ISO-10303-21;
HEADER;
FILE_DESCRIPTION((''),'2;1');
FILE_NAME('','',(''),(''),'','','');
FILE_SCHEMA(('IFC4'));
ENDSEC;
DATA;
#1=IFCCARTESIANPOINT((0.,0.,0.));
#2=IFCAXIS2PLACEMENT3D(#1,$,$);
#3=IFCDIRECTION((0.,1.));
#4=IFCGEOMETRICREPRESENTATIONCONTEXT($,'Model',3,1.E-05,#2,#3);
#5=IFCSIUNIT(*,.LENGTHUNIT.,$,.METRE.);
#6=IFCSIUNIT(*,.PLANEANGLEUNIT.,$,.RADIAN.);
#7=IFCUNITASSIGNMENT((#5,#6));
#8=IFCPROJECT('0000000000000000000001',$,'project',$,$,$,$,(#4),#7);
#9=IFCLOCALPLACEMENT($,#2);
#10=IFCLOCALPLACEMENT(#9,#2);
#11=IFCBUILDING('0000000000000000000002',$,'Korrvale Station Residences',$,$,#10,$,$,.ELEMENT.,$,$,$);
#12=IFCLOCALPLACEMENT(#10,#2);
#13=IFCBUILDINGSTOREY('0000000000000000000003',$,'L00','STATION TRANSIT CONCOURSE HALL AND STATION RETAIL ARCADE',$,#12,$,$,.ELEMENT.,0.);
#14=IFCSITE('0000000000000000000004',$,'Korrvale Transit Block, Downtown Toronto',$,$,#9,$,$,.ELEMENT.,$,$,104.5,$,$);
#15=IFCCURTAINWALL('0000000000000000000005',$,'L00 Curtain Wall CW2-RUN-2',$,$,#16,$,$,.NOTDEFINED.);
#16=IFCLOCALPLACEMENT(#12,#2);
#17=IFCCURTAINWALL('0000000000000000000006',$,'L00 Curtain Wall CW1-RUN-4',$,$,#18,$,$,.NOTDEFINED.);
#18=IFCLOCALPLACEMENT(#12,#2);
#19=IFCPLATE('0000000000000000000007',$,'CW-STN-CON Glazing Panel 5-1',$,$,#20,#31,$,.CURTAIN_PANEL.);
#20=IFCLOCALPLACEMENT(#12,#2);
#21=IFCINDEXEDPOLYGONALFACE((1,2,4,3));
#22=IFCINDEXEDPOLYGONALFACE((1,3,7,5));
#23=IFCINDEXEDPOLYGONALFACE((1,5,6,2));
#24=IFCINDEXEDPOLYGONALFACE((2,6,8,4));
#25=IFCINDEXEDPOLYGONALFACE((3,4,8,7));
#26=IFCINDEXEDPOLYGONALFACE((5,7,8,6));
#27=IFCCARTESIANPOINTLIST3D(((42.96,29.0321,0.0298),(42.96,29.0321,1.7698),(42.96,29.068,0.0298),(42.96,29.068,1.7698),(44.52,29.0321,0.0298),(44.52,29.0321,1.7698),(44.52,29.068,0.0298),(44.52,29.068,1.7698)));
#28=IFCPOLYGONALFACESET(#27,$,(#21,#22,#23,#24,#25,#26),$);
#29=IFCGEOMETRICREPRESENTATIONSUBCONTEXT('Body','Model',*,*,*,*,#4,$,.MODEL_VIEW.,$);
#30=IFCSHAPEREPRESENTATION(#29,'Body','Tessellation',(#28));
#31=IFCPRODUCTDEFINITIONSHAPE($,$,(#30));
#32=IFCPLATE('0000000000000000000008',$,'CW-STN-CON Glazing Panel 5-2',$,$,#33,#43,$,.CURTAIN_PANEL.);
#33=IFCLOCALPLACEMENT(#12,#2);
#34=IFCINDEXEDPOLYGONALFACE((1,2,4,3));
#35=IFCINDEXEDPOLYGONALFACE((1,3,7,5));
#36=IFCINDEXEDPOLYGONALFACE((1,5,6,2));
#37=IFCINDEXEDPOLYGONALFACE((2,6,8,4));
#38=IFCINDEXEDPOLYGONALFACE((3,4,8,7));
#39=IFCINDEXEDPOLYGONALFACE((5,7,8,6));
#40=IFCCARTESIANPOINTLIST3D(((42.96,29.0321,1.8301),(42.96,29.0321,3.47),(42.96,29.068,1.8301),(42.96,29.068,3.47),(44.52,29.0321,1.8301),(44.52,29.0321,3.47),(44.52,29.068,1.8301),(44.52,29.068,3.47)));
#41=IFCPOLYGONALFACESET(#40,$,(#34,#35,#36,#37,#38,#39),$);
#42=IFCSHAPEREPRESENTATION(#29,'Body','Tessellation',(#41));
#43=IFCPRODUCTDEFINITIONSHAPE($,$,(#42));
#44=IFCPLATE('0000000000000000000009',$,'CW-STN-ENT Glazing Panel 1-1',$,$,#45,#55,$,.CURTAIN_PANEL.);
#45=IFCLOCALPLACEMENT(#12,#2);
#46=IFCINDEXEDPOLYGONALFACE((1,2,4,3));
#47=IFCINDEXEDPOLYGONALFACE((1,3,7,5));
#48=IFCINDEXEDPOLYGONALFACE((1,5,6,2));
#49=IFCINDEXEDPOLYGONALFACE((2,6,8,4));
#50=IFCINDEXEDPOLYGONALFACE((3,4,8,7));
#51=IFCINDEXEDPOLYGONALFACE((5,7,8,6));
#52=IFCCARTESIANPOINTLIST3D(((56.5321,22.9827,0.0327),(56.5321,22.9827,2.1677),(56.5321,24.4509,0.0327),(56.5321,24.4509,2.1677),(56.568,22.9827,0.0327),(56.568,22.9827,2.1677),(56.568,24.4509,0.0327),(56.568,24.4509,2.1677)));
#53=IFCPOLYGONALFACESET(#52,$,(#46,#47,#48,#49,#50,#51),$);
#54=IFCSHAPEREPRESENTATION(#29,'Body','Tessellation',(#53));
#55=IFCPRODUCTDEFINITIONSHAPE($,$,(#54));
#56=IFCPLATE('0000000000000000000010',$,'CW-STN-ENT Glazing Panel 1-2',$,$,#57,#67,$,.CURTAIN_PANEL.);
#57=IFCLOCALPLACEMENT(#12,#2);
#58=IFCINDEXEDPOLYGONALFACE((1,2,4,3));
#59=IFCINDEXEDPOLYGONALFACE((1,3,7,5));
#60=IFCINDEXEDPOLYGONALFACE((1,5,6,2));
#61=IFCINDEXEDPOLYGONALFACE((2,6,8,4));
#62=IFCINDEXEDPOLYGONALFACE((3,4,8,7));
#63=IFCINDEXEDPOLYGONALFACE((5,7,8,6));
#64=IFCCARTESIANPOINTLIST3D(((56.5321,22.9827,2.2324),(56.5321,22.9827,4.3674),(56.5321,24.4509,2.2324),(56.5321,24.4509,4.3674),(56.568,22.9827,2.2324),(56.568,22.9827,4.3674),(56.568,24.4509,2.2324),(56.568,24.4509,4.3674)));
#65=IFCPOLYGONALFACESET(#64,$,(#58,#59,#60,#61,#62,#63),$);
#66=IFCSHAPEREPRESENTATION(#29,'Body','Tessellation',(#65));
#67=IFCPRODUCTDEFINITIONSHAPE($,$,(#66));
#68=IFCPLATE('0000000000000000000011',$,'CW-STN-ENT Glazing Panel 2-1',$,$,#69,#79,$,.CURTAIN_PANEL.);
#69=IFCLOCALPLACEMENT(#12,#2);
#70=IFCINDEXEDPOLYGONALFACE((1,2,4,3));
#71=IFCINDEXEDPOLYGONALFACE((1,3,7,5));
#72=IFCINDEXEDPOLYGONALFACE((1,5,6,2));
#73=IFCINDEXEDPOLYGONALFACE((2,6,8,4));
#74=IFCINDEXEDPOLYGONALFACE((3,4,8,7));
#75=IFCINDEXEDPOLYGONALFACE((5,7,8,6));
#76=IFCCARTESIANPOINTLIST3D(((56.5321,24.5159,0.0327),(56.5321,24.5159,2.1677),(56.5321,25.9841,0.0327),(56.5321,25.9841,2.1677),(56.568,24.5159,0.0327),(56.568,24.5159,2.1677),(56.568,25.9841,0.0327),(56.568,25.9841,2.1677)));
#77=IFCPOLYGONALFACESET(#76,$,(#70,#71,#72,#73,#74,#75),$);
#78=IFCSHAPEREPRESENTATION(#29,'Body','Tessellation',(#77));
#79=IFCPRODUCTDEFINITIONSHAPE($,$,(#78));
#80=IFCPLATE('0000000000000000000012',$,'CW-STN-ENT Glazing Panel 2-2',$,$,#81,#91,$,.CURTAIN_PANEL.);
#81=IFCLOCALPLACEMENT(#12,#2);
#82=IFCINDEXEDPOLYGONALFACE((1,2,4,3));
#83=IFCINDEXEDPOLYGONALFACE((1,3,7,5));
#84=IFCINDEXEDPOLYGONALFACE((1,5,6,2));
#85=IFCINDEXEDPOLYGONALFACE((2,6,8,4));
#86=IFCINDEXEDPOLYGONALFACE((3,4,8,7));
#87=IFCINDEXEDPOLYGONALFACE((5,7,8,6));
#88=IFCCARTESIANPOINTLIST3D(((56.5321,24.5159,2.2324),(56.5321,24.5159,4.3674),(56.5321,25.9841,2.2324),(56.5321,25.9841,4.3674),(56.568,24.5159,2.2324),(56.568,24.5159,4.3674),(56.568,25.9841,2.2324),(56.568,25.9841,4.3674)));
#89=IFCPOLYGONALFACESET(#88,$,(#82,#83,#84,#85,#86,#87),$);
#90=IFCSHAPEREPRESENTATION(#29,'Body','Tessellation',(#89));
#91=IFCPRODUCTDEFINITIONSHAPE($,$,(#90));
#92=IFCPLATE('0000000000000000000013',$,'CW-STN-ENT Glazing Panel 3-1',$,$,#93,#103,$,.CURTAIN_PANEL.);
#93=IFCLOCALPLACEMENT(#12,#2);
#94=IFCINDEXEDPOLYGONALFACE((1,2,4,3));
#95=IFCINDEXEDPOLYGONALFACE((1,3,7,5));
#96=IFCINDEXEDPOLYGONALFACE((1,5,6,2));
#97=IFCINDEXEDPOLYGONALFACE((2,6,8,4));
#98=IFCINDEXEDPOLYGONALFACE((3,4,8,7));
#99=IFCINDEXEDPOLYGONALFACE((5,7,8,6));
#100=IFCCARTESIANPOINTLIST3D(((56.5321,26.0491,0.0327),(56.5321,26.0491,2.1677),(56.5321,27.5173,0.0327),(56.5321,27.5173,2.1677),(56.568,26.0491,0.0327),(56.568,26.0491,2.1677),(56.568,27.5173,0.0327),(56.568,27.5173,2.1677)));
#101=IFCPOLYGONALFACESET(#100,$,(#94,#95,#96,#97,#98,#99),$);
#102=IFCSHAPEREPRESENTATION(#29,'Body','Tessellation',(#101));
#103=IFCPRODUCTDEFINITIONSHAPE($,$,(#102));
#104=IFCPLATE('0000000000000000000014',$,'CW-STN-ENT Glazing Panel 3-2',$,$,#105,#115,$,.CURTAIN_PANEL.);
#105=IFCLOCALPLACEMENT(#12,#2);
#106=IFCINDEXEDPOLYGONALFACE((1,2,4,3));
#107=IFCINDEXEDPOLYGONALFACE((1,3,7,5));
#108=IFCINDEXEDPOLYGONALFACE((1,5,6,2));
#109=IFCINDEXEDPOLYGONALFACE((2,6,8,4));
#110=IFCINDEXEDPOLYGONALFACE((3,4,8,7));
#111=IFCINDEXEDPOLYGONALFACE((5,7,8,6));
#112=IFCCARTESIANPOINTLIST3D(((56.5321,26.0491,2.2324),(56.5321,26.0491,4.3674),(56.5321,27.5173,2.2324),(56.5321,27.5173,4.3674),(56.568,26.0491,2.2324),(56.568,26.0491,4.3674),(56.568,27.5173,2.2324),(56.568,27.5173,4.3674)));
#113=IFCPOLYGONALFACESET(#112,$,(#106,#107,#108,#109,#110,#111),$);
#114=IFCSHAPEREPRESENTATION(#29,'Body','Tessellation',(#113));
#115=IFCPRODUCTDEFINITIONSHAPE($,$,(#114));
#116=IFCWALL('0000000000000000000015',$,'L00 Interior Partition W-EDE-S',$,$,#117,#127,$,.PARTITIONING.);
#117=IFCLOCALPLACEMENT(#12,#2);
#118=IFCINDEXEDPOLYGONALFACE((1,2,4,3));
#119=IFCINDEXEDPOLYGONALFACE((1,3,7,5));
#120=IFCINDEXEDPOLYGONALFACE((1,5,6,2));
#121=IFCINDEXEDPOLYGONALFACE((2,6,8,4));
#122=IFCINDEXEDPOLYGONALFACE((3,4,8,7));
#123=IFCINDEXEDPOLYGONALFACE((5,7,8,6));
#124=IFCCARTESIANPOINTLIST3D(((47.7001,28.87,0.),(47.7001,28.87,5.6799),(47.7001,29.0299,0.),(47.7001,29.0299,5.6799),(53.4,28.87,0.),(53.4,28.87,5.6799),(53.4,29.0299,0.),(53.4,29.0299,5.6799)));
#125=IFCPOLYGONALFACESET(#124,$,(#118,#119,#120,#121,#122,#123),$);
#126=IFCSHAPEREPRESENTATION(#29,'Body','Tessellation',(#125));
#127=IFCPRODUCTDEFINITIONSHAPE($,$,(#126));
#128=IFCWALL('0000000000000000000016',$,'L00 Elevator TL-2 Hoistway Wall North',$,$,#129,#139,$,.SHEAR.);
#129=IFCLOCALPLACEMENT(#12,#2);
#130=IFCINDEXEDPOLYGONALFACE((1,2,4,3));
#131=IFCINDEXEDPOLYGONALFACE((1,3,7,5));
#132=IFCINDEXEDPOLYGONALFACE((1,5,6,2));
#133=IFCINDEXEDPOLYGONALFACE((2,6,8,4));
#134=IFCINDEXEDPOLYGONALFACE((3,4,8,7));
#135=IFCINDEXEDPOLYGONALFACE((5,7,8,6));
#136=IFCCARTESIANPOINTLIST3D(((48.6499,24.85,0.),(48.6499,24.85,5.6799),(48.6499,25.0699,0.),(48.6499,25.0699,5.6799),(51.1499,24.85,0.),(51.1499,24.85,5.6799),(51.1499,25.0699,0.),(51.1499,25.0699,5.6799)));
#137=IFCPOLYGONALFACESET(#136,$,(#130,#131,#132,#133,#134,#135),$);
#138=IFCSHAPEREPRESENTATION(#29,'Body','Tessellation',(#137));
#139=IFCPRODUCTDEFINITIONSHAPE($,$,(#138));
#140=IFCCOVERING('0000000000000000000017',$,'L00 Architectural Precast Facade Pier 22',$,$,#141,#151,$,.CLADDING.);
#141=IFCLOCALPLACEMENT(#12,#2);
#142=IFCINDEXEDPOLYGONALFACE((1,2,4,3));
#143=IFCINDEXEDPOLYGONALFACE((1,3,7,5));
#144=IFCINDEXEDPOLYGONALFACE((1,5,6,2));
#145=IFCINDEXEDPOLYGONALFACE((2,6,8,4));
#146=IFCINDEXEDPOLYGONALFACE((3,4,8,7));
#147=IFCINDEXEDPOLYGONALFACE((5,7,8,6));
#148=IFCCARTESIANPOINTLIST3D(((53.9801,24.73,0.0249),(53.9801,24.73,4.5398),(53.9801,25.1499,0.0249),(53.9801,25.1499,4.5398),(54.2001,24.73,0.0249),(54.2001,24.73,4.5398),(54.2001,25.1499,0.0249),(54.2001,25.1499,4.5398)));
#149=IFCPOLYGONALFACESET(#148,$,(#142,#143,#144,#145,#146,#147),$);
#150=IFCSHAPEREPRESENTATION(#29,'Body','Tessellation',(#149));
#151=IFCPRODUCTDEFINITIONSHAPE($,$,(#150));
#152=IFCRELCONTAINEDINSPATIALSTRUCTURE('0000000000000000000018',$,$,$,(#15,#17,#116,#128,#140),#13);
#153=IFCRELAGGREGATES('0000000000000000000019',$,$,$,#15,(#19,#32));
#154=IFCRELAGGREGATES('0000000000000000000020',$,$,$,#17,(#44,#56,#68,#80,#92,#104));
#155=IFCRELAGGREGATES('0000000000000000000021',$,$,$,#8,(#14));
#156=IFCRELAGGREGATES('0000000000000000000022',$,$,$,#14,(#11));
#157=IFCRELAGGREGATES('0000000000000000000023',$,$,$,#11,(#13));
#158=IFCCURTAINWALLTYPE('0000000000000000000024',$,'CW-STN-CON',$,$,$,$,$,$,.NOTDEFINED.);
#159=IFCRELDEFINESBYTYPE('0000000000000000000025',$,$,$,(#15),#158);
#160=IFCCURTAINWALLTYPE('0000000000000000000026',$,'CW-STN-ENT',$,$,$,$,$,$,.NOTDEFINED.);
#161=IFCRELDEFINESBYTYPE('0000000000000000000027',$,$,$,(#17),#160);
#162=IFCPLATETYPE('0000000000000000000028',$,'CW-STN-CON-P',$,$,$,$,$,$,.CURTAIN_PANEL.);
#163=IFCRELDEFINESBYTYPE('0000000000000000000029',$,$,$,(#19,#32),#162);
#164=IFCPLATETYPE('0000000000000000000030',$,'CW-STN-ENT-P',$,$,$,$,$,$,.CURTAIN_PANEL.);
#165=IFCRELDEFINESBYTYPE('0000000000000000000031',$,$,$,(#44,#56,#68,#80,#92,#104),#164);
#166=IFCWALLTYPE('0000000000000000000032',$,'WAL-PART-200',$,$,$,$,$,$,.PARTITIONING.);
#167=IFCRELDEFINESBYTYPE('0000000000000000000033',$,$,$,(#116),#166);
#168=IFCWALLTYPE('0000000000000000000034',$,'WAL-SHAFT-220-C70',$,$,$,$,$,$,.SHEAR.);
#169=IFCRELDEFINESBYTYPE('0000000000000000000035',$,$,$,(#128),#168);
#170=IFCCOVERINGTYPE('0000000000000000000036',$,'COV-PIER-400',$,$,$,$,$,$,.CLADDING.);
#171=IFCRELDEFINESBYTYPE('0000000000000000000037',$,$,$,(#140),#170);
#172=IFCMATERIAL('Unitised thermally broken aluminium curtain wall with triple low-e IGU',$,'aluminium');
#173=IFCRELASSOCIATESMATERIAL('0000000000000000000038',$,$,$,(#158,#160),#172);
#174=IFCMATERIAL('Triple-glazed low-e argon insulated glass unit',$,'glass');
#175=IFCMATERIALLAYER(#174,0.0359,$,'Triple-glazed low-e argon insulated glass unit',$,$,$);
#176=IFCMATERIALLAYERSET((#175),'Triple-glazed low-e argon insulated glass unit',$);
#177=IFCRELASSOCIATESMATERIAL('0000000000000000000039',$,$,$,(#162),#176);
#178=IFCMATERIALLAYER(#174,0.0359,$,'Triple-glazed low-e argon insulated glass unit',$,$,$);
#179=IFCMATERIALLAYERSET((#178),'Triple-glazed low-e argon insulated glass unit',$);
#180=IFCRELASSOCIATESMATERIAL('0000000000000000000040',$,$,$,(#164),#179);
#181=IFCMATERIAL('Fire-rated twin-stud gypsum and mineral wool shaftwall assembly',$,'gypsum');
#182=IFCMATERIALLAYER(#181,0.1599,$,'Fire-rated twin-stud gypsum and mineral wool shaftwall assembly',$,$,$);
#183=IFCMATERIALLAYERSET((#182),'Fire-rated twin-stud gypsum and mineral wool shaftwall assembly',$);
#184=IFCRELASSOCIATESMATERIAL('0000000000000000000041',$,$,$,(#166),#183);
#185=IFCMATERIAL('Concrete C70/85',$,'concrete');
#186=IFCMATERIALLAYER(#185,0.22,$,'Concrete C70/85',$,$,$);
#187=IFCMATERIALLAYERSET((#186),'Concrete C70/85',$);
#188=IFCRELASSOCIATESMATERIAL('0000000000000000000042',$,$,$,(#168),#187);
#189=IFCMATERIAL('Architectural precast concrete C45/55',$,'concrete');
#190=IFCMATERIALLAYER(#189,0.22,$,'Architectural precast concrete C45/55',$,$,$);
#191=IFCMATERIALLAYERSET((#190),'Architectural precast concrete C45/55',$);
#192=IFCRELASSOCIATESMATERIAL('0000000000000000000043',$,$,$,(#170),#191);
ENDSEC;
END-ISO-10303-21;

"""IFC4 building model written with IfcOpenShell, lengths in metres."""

from ifc_helpers import new_model, si_unit, direction, frame, frame_2d, origin, origin_2d, place, context, subcontext, project, spatial, rectangle, extrude, material, layer, layer_set, type_object, element, aggregate, save


model = new_model("IFC4")

# Units and contexts
model_context = context("Model", 3, precision=1e-05, world=origin(), true_north=direction((0.0, 1.0)))
body_context = subcontext(model_context, "Body", "Model", "MODEL_VIEW")
ifc_project = project(units=[si_unit("LENGTHUNIT", "METRE"), si_unit("PLANEANGLEUNIT", "RADIAN")], contexts=[model_context])

# Site, building, storey
site_placement = place(None, origin())
site = spatial("IfcSite", under=ifc_project, at=site_placement, Name="Korrvale Transit Block, Downtown Toronto", CompositionType="ELEMENT", RefElevation=104.5)
building_placement = place(site_placement, origin())
building = spatial("IfcBuilding", under=site, at=building_placement, Name="Korrvale Station Residences", CompositionType="ELEMENT")
storey_placement = place(building_placement, origin())
storey = spatial("IfcBuildingStorey", under=building, at=storey_placement, Name="L00", Description="STATION TRANSIT CONCOURSE HALL AND STATION RETAIL ARCADE", CompositionType="ELEMENT", Elevation=0.0)

# Shared definitions
ifc_material_1 = material(Name="Concrete C70/85", Category="concrete")

# Curtain wall
ifc_material_2 = material(Name="Unitised thermally broken aluminium curtain wall with triple low-e IGU", Category="aluminium")
curtain_wall_type_1 = type_object("IfcCurtainWallType", Name="CW-STN-CON", PredefinedType="NOTDEFINED", material=ifc_material_2)
curtain_wall_1_placement = place(storey_placement, origin())
curtain_wall_1 = element("IfcCurtainWall", 1, at=curtain_wall_1_placement, inside=storey, type_object=curtain_wall_type_1, Name="L00 Curtain Wall CW2-RUN-2", PredefinedType="NOTDEFINED")

# Curtain wall
curtain_wall_type_2 = type_object("IfcCurtainWallType", Name="CW-STN-ENT", PredefinedType="NOTDEFINED", material=ifc_material_2)
curtain_wall_2_placement = place(storey_placement, origin())
curtain_wall_2 = element("IfcCurtainWall", 2, at=curtain_wall_2_placement, inside=storey, type_object=curtain_wall_type_2, Name="L00 Curtain Wall CW1-RUN-4", PredefinedType="NOTDEFINED")

# Plates
ifc_material_3 = material(Name="Triple-glazed low-e argon insulated glass unit", Category="glass")
ifc_layer_1 = layer(ifc_material_3, 0.0359, Name="Triple-glazed low-e argon insulated glass unit")
ifc_layer_set_1 = layer_set([ifc_layer_1], Name="Triple-glazed low-e argon insulated glass unit")
plate_type_1 = type_object("IfcPlateType", Name="CW-STN-CON-P", PredefinedType="CURTAIN_PANEL", material=ifc_layer_set_1)
plate_1_placement = place(storey_placement, frame((43.74, 29.05, 0.0298), z_axis=(0.0, 0.0, 1.0), x_axis=(1.0, 0.0, 0.0)))
plate_1 = element("IfcPlate", 3, at=plate_1_placement, type_object=plate_type_1, Name="CW-STN-CON Glazing Panel 5-1", PredefinedType="CURTAIN_PANEL", context=body_context, shape_type="SweptSolid", body=[
    extrude(rectangle(XDim=1.5601, YDim=0.0359, at=origin_2d()), origin(), (0.0, 0.0, 1.0), 1.74),
])
plate_2_placement = place(storey_placement, frame((43.74, 29.05, 1.8301), z_axis=(0.0, 0.0, 1.0), x_axis=(1.0, 0.0, 0.0)))
plate_2 = element("IfcPlate", 4, at=plate_2_placement, type_object=plate_type_1, Name="CW-STN-CON Glazing Panel 5-2", PredefinedType="CURTAIN_PANEL", context=body_context, shape_type="SweptSolid", body=[
    extrude(rectangle(XDim=1.5601, YDim=0.0359, at=origin_2d()), origin(), (0.0, 0.0, 1.0), 1.6399),
])
aggregate(curtain_wall_1, [plate_1, plate_2])
ifc_layer_2 = layer(ifc_material_3, 0.0359, Name="Triple-glazed low-e argon insulated glass unit")
ifc_layer_set_2 = layer_set([ifc_layer_2], Name="Triple-glazed low-e argon insulated glass unit")
plate_type_2 = type_object("IfcPlateType", Name="CW-STN-ENT-P", PredefinedType="CURTAIN_PANEL", material=ifc_layer_set_2)
plate_3_placement = place(storey_placement, frame((56.55, 23.7168, 0.0327), z_axis=(0.0, 0.0, 1.0), x_axis=(0.0, 1.0, 0.0)))
plate_3 = element("IfcPlate", 5, at=plate_3_placement, type_object=plate_type_2, Name="CW-STN-ENT Glazing Panel 1-1", PredefinedType="CURTAIN_PANEL", context=body_context, shape_type="SweptSolid", body=[
    extrude(rectangle(XDim=1.4683, YDim=0.0359, at=origin_2d()), origin(), (0.0, 0.0, 1.0), 2.135),
])
plate_4_placement = place(storey_placement, frame((56.55, 23.7168, 2.2324), z_axis=(0.0, 0.0, 1.0), x_axis=(0.0, 1.0, 0.0)))
plate_4 = element("IfcPlate", 6, at=plate_4_placement, type_object=plate_type_2, Name="CW-STN-ENT Glazing Panel 1-2", PredefinedType="CURTAIN_PANEL", context=body_context, shape_type="SweptSolid", body=[
    extrude(rectangle(XDim=1.4683, YDim=0.0359, at=origin_2d()), origin(), (0.0, 0.0, 1.0), 2.135),
])
plate_5_placement = place(storey_placement, frame((56.55, 25.25, 0.0327), z_axis=(0.0, 0.0, 1.0), x_axis=(0.0, 1.0, 0.0)))
plate_5 = element("IfcPlate", 7, at=plate_5_placement, type_object=plate_type_2, Name="CW-STN-ENT Glazing Panel 2-1", PredefinedType="CURTAIN_PANEL", context=body_context, shape_type="SweptSolid", body=[
    extrude(rectangle(XDim=1.4683, YDim=0.0359, at=origin_2d()), origin(), (0.0, 0.0, 1.0), 2.135),
])
plate_6_placement = place(storey_placement, frame((56.55, 25.25, 2.2324), z_axis=(0.0, 0.0, 1.0), x_axis=(0.0, 1.0, 0.0)))
plate_6 = element("IfcPlate", 8, at=plate_6_placement, type_object=plate_type_2, Name="CW-STN-ENT Glazing Panel 2-2", PredefinedType="CURTAIN_PANEL", context=body_context, shape_type="SweptSolid", body=[
    extrude(rectangle(XDim=1.4683, YDim=0.0359, at=origin_2d()), origin(), (0.0, 0.0, 1.0), 2.135),
])
plate_7_placement = place(storey_placement, frame((56.55, 26.7832, 0.0327), z_axis=(0.0, 0.0, 1.0), x_axis=(0.0, 1.0, 0.0)))
plate_7 = element("IfcPlate", 9, at=plate_7_placement, type_object=plate_type_2, Name="CW-STN-ENT Glazing Panel 3-1", PredefinedType="CURTAIN_PANEL", context=body_context, shape_type="SweptSolid", body=[
    extrude(rectangle(XDim=1.4683, YDim=0.0359, at=origin_2d()), origin(), (0.0, 0.0, 1.0), 2.135),
])
plate_8_placement = place(storey_placement, frame((56.55, 26.7832, 2.2324), z_axis=(0.0, 0.0, 1.0), x_axis=(0.0, 1.0, 0.0)))
plate_8 = element("IfcPlate", 10, at=plate_8_placement, type_object=plate_type_2, Name="CW-STN-ENT Glazing Panel 3-2", PredefinedType="CURTAIN_PANEL", context=body_context, shape_type="SweptSolid", body=[
    extrude(rectangle(XDim=1.4683, YDim=0.0359, at=origin_2d()), origin(), (0.0, 0.0, 1.0), 2.135),
])
aggregate(curtain_wall_2, [plate_3, plate_4, plate_5, plate_6, plate_7, plate_8])

# Walls
ifc_material_4 = material(Name="Fire-rated twin-stud gypsum and mineral wool shaftwall assembly", Category="gypsum")
ifc_layer_3 = layer(ifc_material_4, 0.1599, Name="Fire-rated twin-stud gypsum and mineral wool shaftwall assembly")
ifc_layer_set_3 = layer_set([ifc_layer_3], Name="Fire-rated twin-stud gypsum and mineral wool shaftwall assembly")
wall_type_1 = type_object("IfcWallType", Name="WAL-PART-200", PredefinedType="PARTITIONING", material=ifc_layer_set_3)
wall_1_placement = place(storey_placement, frame((47.7, 28.95, 0.0), z_axis=(0.0, 0.0, 1.0), x_axis=(1.0, 0.0, 0.0)))
element("IfcWall", 11, at=wall_1_placement, inside=storey, type_object=wall_type_1, Name="L00 Interior Partition W-EDE-S", PredefinedType="PARTITIONING", context=body_context, shape_type="SweptSolid", body=[
    extrude(rectangle(XDim=5.7, YDim=0.1599, at=frame_2d((2.8501, 0.0))), origin(), (0.0, 0.0, 1.0), 5.6799),
])
ifc_layer_4 = layer(ifc_material_1, 0.22, Name="Concrete C70/85")
ifc_layer_set_4 = layer_set([ifc_layer_4], Name="Concrete C70/85")
wall_type_2 = type_object("IfcWallType", Name="WAL-SHAFT-220-C70", PredefinedType="SHEAR", material=ifc_layer_set_4)
wall_2_placement = place(storey_placement, frame((48.6499, 24.96, 0.0), z_axis=(0.0, 0.0, 1.0), x_axis=(1.0, 0.0, 0.0)))
element("IfcWall", 12, at=wall_2_placement, inside=storey, type_object=wall_type_2, Name="L00 Elevator TL-2 Hoistway Wall North", PredefinedType="SHEAR", context=body_context, shape_type="SweptSolid", body=[
    extrude(rectangle(XDim=2.5, YDim=0.22, at=frame_2d((1.25, 0.0))), origin(), (0.0, 0.0, 1.0), 5.6799),
])

# Covering
ifc_material_5 = material(Name="Architectural precast concrete C45/55", Category="concrete")
ifc_layer_5 = layer(ifc_material_5, 0.22, Name="Architectural precast concrete C45/55")
ifc_layer_set_5 = layer_set([ifc_layer_5], Name="Architectural precast concrete C45/55")
covering_type = type_object("IfcCoveringType", Name="COV-PIER-400", PredefinedType="CLADDING", material=ifc_layer_set_5)
covering_placement = place(storey_placement, frame((54.0901, 24.9399, 0.0249), z_axis=(0.0, 0.0, 1.0), x_axis=(0.0, 1.0, 0.0)))
element("IfcCovering", 13, at=covering_placement, inside=storey, type_object=covering_type, Name="L00 Architectural Precast Facade Pier 22", PredefinedType="CLADDING", context=body_context, shape_type="SweptSolid", body=[
    extrude(rectangle(XDim=0.4199, YDim=0.22, at=origin_2d()), origin(), (0.0, 0.0, 1.0), 4.5149),
])

save(model, "model.ifc")
